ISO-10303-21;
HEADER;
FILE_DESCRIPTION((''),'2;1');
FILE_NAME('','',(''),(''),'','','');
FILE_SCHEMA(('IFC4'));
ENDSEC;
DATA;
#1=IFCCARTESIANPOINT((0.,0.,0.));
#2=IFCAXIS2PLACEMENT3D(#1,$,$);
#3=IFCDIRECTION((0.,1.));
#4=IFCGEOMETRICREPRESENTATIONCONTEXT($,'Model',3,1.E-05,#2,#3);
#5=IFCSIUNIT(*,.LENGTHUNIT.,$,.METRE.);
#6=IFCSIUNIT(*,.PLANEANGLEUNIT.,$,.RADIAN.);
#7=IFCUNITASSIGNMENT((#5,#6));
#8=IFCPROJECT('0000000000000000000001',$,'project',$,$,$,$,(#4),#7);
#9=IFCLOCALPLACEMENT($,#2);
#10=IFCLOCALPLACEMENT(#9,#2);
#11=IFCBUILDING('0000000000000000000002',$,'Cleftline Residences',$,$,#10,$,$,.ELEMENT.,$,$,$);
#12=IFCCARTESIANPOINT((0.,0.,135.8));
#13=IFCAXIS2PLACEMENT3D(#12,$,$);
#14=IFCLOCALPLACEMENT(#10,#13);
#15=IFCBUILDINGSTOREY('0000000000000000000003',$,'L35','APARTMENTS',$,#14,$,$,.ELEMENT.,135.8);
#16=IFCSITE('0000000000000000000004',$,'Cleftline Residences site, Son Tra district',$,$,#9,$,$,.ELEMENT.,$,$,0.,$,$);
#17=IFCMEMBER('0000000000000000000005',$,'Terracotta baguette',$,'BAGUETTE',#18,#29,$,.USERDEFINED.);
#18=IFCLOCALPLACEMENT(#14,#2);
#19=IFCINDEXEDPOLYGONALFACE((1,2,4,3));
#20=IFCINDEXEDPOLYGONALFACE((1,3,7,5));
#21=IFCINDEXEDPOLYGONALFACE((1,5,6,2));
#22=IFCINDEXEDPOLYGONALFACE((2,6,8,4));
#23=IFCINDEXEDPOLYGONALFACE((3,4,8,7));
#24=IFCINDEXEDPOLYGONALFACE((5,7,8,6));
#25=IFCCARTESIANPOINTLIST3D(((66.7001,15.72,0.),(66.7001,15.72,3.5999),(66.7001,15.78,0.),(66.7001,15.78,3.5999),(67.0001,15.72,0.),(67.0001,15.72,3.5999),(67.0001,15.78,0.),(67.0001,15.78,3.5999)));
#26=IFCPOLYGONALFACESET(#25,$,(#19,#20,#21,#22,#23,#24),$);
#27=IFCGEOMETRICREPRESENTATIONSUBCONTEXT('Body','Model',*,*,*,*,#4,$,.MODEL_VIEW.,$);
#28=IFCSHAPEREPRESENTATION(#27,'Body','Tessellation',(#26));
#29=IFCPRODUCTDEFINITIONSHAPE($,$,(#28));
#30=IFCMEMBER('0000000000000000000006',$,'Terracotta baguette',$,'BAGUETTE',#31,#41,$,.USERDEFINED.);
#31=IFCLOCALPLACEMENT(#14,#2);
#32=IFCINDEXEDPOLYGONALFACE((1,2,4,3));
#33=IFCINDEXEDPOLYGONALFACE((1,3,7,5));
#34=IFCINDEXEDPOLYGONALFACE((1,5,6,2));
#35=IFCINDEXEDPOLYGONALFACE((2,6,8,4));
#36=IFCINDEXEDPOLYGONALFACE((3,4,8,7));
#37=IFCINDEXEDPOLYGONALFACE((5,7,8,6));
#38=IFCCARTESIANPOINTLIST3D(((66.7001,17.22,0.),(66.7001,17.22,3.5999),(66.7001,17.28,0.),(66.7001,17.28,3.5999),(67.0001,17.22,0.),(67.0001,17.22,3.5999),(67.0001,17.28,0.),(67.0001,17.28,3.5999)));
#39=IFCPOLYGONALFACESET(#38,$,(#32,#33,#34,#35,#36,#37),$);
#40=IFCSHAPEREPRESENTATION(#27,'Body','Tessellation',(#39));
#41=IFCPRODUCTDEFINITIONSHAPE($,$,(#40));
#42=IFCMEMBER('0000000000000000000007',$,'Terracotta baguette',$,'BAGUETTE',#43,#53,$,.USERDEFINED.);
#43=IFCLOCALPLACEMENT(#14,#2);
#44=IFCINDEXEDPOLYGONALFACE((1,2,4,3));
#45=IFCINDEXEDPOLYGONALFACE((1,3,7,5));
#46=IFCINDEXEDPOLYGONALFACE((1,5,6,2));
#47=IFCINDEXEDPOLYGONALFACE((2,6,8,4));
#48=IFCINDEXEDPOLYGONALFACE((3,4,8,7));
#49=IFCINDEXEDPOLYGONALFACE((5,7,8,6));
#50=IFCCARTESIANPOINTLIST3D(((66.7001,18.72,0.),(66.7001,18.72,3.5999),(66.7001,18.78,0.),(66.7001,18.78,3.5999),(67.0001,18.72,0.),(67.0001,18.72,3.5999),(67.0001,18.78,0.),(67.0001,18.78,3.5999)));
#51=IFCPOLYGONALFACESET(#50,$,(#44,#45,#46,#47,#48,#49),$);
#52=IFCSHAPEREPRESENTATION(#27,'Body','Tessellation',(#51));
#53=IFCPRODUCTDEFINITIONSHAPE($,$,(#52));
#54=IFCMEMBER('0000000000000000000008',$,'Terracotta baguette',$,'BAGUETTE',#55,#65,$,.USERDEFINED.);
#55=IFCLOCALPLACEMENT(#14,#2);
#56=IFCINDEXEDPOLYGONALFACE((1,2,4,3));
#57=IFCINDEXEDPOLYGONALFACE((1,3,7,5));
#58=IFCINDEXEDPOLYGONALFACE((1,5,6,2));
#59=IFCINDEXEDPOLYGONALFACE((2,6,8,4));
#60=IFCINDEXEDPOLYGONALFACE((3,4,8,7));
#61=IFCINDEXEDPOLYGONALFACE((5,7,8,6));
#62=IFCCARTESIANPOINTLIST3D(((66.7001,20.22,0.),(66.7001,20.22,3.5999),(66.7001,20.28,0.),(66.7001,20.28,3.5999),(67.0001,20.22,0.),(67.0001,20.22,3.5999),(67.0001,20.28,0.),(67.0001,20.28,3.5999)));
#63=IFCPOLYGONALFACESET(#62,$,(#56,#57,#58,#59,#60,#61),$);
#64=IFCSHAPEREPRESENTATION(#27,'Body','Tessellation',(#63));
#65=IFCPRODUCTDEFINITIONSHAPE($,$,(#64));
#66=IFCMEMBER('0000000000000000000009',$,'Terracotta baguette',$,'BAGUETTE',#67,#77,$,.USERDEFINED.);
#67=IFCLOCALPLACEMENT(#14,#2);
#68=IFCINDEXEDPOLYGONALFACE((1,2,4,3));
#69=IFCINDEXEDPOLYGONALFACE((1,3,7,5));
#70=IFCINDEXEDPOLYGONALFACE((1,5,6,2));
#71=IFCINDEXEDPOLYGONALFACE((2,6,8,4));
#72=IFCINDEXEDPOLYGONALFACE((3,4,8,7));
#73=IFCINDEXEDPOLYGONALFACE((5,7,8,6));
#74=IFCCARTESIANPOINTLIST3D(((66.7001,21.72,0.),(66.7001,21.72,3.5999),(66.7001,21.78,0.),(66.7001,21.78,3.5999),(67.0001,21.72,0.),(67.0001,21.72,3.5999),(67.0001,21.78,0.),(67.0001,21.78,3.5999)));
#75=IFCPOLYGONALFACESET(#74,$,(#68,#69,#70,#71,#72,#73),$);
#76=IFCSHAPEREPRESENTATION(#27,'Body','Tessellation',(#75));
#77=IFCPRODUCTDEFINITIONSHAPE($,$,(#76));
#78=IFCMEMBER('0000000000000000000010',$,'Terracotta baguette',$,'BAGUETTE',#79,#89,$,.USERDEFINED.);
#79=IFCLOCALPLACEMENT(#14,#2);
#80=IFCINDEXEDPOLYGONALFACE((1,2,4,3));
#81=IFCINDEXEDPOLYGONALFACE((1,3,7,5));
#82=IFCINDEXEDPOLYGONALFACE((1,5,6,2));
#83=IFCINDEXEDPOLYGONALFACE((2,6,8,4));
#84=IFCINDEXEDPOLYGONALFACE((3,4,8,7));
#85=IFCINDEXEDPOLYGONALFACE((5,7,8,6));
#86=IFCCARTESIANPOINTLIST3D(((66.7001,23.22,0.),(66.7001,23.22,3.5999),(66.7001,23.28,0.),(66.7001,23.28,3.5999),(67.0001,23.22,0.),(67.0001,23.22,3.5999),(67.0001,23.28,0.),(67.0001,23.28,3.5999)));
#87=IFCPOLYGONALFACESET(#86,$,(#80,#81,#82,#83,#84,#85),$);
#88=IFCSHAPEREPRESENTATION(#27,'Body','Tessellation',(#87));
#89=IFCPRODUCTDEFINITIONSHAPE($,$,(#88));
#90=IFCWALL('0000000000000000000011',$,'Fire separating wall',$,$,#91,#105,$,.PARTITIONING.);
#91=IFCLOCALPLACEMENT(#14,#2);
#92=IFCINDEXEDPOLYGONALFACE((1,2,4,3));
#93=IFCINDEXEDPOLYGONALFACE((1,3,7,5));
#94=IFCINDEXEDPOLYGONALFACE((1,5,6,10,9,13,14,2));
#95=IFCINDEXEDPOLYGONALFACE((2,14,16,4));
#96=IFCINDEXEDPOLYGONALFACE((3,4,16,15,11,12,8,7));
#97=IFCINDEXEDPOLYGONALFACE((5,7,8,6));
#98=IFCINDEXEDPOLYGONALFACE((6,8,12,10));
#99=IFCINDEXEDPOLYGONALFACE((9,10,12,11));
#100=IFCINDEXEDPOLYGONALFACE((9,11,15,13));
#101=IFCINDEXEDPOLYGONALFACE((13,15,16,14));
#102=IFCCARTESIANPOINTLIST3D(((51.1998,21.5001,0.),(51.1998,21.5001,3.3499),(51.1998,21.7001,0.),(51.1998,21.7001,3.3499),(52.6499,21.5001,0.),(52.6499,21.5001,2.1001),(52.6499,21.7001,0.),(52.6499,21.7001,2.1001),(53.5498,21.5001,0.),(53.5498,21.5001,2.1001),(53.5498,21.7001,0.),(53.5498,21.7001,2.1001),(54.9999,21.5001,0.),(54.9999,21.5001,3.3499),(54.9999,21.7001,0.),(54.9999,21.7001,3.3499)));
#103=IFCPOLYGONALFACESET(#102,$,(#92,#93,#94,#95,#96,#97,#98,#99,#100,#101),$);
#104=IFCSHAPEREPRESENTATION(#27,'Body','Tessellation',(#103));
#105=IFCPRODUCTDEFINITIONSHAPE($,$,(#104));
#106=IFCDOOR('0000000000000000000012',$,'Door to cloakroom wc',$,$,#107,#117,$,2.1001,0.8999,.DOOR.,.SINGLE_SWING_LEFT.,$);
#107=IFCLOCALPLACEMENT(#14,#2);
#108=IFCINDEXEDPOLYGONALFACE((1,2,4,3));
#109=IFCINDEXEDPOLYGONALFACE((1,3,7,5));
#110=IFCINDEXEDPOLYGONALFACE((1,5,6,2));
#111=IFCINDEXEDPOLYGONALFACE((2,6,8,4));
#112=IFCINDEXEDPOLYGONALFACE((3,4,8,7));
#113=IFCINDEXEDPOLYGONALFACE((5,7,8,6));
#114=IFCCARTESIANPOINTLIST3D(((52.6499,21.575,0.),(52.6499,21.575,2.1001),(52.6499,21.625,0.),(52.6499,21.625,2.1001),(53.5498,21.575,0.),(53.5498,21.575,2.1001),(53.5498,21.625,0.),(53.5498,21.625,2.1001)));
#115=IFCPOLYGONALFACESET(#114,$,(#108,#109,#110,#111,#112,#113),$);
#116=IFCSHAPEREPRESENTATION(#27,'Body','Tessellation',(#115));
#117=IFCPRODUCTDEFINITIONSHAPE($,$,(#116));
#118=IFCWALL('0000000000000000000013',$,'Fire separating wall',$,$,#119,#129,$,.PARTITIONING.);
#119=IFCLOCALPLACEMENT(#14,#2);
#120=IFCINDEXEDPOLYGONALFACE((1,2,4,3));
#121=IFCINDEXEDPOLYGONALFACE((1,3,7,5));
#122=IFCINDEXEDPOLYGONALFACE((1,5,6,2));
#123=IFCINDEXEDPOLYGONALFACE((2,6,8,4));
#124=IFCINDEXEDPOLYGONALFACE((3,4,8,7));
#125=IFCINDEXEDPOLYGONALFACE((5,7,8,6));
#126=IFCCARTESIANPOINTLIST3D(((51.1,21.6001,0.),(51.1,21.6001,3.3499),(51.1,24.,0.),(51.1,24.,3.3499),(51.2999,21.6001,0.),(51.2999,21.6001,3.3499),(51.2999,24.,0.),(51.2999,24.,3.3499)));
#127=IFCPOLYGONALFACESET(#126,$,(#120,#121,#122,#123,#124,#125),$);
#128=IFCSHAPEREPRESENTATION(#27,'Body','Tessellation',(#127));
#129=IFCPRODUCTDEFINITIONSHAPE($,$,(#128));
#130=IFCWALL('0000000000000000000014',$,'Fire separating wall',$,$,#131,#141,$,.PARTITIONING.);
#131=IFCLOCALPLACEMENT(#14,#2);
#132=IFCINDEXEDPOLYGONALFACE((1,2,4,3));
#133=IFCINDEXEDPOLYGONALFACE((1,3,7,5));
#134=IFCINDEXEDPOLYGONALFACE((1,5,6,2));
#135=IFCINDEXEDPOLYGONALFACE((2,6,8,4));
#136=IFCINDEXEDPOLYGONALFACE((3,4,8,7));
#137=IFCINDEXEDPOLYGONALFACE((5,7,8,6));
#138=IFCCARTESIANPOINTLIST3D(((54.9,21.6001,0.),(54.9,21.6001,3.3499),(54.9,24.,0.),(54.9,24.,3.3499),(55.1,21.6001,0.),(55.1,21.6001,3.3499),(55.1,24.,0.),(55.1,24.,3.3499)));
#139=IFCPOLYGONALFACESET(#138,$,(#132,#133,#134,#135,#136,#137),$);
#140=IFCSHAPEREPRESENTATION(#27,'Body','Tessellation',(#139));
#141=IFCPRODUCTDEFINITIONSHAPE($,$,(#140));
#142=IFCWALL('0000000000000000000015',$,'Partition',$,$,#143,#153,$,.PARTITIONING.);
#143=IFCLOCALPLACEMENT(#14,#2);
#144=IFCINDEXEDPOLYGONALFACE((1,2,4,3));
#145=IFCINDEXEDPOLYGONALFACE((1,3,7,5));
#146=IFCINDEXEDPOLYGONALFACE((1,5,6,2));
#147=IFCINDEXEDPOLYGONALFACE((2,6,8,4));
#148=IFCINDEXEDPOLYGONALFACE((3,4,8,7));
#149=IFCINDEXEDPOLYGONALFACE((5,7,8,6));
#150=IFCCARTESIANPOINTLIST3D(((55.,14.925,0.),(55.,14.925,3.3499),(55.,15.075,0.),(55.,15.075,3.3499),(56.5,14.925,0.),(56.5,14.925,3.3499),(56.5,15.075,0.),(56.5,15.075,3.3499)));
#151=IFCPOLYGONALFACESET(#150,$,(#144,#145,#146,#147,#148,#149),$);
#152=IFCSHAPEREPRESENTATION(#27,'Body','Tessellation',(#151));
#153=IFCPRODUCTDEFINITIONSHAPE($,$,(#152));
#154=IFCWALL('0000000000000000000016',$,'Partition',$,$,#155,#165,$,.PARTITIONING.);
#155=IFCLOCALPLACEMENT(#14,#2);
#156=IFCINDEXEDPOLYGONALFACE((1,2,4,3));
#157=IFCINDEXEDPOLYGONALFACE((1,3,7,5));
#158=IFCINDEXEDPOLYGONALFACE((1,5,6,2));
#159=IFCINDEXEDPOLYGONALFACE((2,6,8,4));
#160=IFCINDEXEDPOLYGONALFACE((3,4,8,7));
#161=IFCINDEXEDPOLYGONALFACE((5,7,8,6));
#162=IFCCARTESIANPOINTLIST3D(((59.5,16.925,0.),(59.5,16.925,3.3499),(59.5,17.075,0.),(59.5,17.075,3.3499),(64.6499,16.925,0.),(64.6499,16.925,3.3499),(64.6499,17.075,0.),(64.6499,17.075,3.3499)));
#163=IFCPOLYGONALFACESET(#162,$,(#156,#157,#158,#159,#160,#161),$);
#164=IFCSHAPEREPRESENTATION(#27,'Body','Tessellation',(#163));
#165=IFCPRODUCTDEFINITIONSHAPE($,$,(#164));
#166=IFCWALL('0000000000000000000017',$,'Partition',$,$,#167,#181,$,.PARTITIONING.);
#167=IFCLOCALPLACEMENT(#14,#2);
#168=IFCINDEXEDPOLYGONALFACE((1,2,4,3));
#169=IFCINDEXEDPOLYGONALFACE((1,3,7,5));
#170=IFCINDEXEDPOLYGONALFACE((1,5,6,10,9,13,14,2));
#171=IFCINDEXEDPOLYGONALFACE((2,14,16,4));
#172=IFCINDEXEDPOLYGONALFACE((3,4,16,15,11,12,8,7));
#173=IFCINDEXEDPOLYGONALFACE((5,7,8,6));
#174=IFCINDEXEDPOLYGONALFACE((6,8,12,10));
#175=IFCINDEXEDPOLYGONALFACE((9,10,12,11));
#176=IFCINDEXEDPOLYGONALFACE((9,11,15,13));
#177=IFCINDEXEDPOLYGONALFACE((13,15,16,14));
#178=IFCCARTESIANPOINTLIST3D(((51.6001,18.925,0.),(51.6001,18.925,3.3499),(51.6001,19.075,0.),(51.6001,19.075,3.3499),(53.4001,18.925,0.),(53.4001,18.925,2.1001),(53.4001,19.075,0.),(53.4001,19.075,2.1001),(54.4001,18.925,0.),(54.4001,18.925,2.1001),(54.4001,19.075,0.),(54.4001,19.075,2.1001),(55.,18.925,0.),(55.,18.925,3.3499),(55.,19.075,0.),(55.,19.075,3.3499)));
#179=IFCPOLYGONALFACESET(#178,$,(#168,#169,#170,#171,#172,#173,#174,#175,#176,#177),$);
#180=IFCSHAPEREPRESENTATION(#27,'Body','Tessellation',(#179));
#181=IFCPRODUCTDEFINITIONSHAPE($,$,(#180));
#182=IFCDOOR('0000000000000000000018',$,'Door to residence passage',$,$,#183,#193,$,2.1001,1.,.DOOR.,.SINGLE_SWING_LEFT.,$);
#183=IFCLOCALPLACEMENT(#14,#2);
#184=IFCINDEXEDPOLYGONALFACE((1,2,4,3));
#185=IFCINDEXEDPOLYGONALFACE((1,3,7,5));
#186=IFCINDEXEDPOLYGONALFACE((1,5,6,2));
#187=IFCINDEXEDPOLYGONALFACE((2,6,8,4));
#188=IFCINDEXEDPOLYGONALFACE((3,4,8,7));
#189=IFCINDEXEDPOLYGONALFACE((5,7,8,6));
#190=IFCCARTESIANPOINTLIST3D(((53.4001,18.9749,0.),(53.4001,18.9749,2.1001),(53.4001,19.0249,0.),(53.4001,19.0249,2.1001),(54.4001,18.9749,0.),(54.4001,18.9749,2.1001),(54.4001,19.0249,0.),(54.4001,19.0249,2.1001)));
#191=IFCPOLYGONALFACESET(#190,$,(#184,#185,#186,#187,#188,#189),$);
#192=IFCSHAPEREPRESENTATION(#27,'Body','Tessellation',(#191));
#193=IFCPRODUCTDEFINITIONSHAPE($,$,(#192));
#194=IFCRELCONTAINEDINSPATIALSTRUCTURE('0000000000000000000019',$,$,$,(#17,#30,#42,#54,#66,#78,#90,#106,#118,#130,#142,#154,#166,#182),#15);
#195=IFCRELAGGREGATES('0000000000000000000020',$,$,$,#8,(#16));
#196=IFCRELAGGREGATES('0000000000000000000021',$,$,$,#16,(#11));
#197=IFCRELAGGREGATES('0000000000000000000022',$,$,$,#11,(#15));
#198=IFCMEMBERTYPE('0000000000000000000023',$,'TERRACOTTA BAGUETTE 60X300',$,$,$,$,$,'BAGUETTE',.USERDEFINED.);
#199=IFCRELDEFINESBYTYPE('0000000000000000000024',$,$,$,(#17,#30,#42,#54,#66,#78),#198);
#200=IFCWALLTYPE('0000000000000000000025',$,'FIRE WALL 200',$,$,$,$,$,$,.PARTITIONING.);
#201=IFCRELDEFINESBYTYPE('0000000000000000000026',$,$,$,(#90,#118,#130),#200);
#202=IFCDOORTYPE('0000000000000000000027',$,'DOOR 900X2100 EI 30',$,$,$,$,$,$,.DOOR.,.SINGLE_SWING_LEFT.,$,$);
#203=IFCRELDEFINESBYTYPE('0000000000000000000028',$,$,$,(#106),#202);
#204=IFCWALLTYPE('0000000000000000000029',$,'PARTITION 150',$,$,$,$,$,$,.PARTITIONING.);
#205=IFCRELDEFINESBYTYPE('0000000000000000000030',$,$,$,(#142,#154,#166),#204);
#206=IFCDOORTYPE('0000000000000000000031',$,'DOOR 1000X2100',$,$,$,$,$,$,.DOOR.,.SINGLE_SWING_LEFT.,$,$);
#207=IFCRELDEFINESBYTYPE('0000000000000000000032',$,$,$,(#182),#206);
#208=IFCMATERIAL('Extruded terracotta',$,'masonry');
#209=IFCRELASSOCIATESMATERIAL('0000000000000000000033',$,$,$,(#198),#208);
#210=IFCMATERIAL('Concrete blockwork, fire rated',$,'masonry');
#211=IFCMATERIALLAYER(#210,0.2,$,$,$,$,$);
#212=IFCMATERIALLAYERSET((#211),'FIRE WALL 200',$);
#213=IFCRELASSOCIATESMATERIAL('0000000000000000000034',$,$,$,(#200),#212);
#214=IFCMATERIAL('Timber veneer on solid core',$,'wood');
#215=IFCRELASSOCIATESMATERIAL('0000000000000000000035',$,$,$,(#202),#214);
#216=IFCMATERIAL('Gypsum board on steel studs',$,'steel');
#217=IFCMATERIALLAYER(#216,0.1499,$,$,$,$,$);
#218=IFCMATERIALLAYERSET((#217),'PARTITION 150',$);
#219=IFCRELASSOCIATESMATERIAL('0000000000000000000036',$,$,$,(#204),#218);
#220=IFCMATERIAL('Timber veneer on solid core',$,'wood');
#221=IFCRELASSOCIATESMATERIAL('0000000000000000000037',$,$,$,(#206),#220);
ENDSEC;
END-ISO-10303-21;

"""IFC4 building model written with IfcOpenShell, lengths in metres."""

from ifc_helpers import new_model, si_unit, direction, frame, frame_2d, origin, origin_2d, place, context, subcontext, project, spatial, rectangle, extrude, material, layer, layer_set, material_profile, profile_set, type_object, element, fill, save


model = new_model("IFC4")

# Units and contexts
model_context = context("Model", 3, precision=1e-05, world=origin(), true_north=direction((0.0, 1.0)))
body_context = subcontext(model_context, "Body", "Model", "MODEL_VIEW")
ifc_project = project(units=[si_unit("LENGTHUNIT", "METRE"), si_unit("PLANEANGLEUNIT", "RADIAN")], contexts=[model_context])

# Site, building, storey
site_placement = place(None, origin())
site = spatial("IfcSite", under=ifc_project, at=site_placement, Name="Cleftline Residences site, Son Tra district", CompositionType="ELEMENT", RefElevation=0.0)
building_placement = place(site_placement, origin())
building = spatial("IfcBuilding", under=site, at=building_placement, Name="Cleftline Residences", CompositionType="ELEMENT")
storey_placement = place(building_placement, frame((0.0, 0.0, 135.8)))
storey = spatial("IfcBuildingStorey", under=building, at=storey_placement, Name="L35", Description="APARTMENTS", CompositionType="ELEMENT", Elevation=135.8)

# Members
ifc_material_1 = material(Name="Extruded terracotta", Category="masonry")
ifc_material_profile_1 = material_profile(ifc_material_1, rectangle(XDim=0.0601, YDim=0.3, at=origin_2d()))
ifc_profile_set_1 = profile_set([ifc_material_profile_1], Name="Extruded terracotta")
member_type_1 = type_object("IfcMemberType", Name="TERRACOTTA BAGUETTE 60X300", ElementType="BAGUETTE", PredefinedType="USERDEFINED", material=ifc_profile_set_1)
for number, where, z_axis, x_axis, name in (
    (1, (66.8501, 15.75, 0.0), (0.0, 0.0, 1.0), (0.0, 1.0, 0.0), "Terracotta baguette"),
    (2, (66.8501, 17.25, 0.0), (0.0, 0.0, 1.0), (0.0, 1.0, 0.0), "Terracotta baguette"),
    (3, (66.8501, 18.75, 0.0), (0.0, 0.0, 1.0), (0.0, 1.0, 0.0), "Terracotta baguette"),
    (4, (66.8501, 20.25, 0.0), (0.0, 0.0, 1.0), (0.0, 1.0, 0.0), "Terracotta baguette"),
    (5, (66.8501, 21.75, 0.0), (0.0, 0.0, 1.0), (0.0, 1.0, 0.0), "Terracotta baguette"),
    (6, (66.8501, 23.25, 0.0), (0.0, 0.0, 1.0), (0.0, 1.0, 0.0), "Terracotta baguette"),
):
    element("IfcMember", number, at=place(storey_placement, frame(where, z_axis=z_axis, x_axis=x_axis)), inside=storey, type_object=member_type_1, Name=name, ObjectType="BAGUETTE", PredefinedType="USERDEFINED", context=body_context, shape_type="SweptSolid", body=[
        extrude(rectangle(XDim=0.0601, YDim=0.3, at=origin_2d()), origin(), (0.0, 0.0, 1.0), 3.5999),
    ])

# Wall, opening, door
ifc_material_2 = material(Name="Concrete blockwork, fire rated", Category="masonry")
ifc_layer_1 = layer(ifc_material_2, 0.2)
ifc_layer_set_1 = layer_set([ifc_layer_1], Name="FIRE WALL 200")
wall_type_1 = type_object("IfcWallType", Name="FIRE WALL 200", PredefinedType="PARTITIONING", material=ifc_layer_set_1)
wall_1_placement = place(storey_placement, frame((51.2, 21.6001, 0.0), z_axis=(0.0, 0.0, 1.0), x_axis=(1.0, 0.0, 0.0)))
wall_1 = element("IfcWall", 7, at=wall_1_placement, inside=storey, type_object=wall_type_1, Name="Fire separating wall", PredefinedType="PARTITIONING", context=body_context, shape_type="SweptSolid", body=[
    extrude(rectangle(XDim=3.8, YDim=0.2, at=frame_2d((1.8999, 0.0))), origin(), (0.0, 0.0, 1.0), 3.3499),
])
opening_1_placement = place(wall_1_placement, frame((1.45, 0.0, 0.0)))
opening_1 = element("IfcOpeningElement", 8, at=opening_1_placement, cuts=wall_1, PredefinedType="OPENING", context=body_context, shape_type="SweptSolid", body=[
    extrude(rectangle(XDim=0.8999, YDim=2.1001, at=frame_2d((0.45, 1.05))), frame((0.0, 0.1099, 0.0), z_axis=(0.0, -1.0, 0.0), x_axis=(1.0, 0.0, 0.0)), (0.0, 0.0, 1.0), 0.22),
])
ifc_material_3 = material(Name="Timber veneer on solid core", Category="wood")
door_type_1 = type_object("IfcDoorType", Name="DOOR 900X2100 EI 30", OperationType="SINGLE_SWING_LEFT", PredefinedType="DOOR", material=ifc_material_3)
door_1_placement = place(opening_1_placement, origin())
door_1 = element("IfcDoor", 9, at=door_1_placement, inside=storey, type_object=door_type_1, Name="Door to cloakroom wc", OperationType="SINGLE_SWING_LEFT", OverallHeight=2.1001, OverallWidth=0.8999, PredefinedType="DOOR", context=body_context, shape_type="SweptSolid", body=[
    extrude(rectangle(XDim=0.8999, YDim=2.1001, at=frame_2d((0.45, 1.05))), frame((0.0, 0.0249, 0.0), z_axis=(0.0, -1.0, 0.0), x_axis=(1.0, 0.0, 0.0)), (0.0, 0.0, 1.0), 0.05),
])
fill(opening_1, door_1)

# Walls
for number, where, z_axis, x_axis, name in (
    (10, (51.2, 21.6001, 0.0), (0.0, 0.0, 1.0), (0.0, 1.0, 0.0), "Fire separating wall"),
    (11, (55.0, 21.6001, 0.0), (0.0, 0.0, 1.0), (0.0, 1.0, 0.0), "Fire separating wall"),
):
    element("IfcWall", number, at=place(storey_placement, frame(where, z_axis=z_axis, x_axis=x_axis)), inside=storey, type_object=wall_type_1, Name=name, PredefinedType="PARTITIONING", context=body_context, shape_type="SweptSolid", body=[
        extrude(rectangle(XDim=2.3999, YDim=0.2, at=frame_2d((1.2, 0.0))), origin(), (0.0, 0.0, 1.0), 3.3499),
    ])
ifc_material_4 = material(Name="Gypsum board on steel studs", Category="steel")
ifc_layer_2 = layer(ifc_material_4, 0.1499)
ifc_layer_set_2 = layer_set([ifc_layer_2], Name="PARTITION 150")
wall_type_2 = type_object("IfcWallType", Name="PARTITION 150", PredefinedType="PARTITIONING", material=ifc_layer_set_2)
wall_2_placement = place(storey_placement, frame((55.0, 15.0, 0.0), z_axis=(0.0, 0.0, 1.0), x_axis=(1.0, 0.0, 0.0)))
element("IfcWall", 12, at=wall_2_placement, inside=storey, type_object=wall_type_2, Name="Partition", PredefinedType="PARTITIONING", context=body_context, shape_type="SweptSolid", body=[
    extrude(rectangle(XDim=1.5, YDim=0.1499, at=frame_2d((0.75, 0.0))), origin(), (0.0, 0.0, 1.0), 3.3499),
])
wall_3_placement = place(storey_placement, frame((59.5, 17.0, 0.0), z_axis=(0.0, 0.0, 1.0), x_axis=(1.0, 0.0, 0.0)))
element("IfcWall", 13, at=wall_3_placement, inside=storey, type_object=wall_type_2, Name="Partition", PredefinedType="PARTITIONING", context=body_context, shape_type="SweptSolid", body=[
    extrude(rectangle(XDim=5.1499, YDim=0.1499, at=frame_2d((2.575, 0.0))), origin(), (0.0, 0.0, 1.0), 3.3499),
])

# Wall, opening, door
wall_4_placement = place(storey_placement, frame((51.6001, 19.0, 0.0), z_axis=(0.0, 0.0, 1.0), x_axis=(1.0, 0.0, 0.0)))
wall_4 = element("IfcWall", 14, at=wall_4_placement, inside=storey, type_object=wall_type_2, Name="Partition", PredefinedType="PARTITIONING", context=body_context, shape_type="SweptSolid", body=[
    extrude(rectangle(XDim=3.3999, YDim=0.1499, at=frame_2d((1.7, 0.0))), origin(), (0.0, 0.0, 1.0), 3.3499),
])
opening_2_placement = place(wall_4_placement, frame((1.8, 0.0, 0.0)))
opening_2 = element("IfcOpeningElement", 15, at=opening_2_placement, cuts=wall_4, PredefinedType="OPENING", context=body_context, shape_type="SweptSolid", body=[
    extrude(rectangle(XDim=1.0, YDim=2.1001, at=frame_2d((0.5, 1.05))), frame((0.0, 0.085, 0.0), z_axis=(0.0, -1.0, 0.0), x_axis=(1.0, 0.0, 0.0)), (0.0, 0.0, 1.0), 0.1699),
])
ifc_material_5 = material(Name="Timber veneer on solid core", Category="wood")
door_type_2 = type_object("IfcDoorType", Name="DOOR 1000X2100", OperationType="SINGLE_SWING_LEFT", PredefinedType="DOOR", material=ifc_material_5)
door_2_placement = place(opening_2_placement, origin())
door_2 = element("IfcDoor", 16, at=door_2_placement, inside=storey, type_object=door_type_2, Name="Door to residence passage", OperationType="SINGLE_SWING_LEFT", OverallHeight=2.1001, OverallWidth=1.0, PredefinedType="DOOR", context=body_context, shape_type="SweptSolid", body=[
    extrude(rectangle(XDim=1.0, YDim=2.1001, at=frame_2d((0.5, 1.05))), frame((0.0, 0.0249, 0.0), z_axis=(0.0, -1.0, 0.0), x_axis=(1.0, 0.0, 0.0)), (0.0, 0.0, 1.0), 0.05),
])
fill(opening_2, door_2)

save(model, "model.ifc")
